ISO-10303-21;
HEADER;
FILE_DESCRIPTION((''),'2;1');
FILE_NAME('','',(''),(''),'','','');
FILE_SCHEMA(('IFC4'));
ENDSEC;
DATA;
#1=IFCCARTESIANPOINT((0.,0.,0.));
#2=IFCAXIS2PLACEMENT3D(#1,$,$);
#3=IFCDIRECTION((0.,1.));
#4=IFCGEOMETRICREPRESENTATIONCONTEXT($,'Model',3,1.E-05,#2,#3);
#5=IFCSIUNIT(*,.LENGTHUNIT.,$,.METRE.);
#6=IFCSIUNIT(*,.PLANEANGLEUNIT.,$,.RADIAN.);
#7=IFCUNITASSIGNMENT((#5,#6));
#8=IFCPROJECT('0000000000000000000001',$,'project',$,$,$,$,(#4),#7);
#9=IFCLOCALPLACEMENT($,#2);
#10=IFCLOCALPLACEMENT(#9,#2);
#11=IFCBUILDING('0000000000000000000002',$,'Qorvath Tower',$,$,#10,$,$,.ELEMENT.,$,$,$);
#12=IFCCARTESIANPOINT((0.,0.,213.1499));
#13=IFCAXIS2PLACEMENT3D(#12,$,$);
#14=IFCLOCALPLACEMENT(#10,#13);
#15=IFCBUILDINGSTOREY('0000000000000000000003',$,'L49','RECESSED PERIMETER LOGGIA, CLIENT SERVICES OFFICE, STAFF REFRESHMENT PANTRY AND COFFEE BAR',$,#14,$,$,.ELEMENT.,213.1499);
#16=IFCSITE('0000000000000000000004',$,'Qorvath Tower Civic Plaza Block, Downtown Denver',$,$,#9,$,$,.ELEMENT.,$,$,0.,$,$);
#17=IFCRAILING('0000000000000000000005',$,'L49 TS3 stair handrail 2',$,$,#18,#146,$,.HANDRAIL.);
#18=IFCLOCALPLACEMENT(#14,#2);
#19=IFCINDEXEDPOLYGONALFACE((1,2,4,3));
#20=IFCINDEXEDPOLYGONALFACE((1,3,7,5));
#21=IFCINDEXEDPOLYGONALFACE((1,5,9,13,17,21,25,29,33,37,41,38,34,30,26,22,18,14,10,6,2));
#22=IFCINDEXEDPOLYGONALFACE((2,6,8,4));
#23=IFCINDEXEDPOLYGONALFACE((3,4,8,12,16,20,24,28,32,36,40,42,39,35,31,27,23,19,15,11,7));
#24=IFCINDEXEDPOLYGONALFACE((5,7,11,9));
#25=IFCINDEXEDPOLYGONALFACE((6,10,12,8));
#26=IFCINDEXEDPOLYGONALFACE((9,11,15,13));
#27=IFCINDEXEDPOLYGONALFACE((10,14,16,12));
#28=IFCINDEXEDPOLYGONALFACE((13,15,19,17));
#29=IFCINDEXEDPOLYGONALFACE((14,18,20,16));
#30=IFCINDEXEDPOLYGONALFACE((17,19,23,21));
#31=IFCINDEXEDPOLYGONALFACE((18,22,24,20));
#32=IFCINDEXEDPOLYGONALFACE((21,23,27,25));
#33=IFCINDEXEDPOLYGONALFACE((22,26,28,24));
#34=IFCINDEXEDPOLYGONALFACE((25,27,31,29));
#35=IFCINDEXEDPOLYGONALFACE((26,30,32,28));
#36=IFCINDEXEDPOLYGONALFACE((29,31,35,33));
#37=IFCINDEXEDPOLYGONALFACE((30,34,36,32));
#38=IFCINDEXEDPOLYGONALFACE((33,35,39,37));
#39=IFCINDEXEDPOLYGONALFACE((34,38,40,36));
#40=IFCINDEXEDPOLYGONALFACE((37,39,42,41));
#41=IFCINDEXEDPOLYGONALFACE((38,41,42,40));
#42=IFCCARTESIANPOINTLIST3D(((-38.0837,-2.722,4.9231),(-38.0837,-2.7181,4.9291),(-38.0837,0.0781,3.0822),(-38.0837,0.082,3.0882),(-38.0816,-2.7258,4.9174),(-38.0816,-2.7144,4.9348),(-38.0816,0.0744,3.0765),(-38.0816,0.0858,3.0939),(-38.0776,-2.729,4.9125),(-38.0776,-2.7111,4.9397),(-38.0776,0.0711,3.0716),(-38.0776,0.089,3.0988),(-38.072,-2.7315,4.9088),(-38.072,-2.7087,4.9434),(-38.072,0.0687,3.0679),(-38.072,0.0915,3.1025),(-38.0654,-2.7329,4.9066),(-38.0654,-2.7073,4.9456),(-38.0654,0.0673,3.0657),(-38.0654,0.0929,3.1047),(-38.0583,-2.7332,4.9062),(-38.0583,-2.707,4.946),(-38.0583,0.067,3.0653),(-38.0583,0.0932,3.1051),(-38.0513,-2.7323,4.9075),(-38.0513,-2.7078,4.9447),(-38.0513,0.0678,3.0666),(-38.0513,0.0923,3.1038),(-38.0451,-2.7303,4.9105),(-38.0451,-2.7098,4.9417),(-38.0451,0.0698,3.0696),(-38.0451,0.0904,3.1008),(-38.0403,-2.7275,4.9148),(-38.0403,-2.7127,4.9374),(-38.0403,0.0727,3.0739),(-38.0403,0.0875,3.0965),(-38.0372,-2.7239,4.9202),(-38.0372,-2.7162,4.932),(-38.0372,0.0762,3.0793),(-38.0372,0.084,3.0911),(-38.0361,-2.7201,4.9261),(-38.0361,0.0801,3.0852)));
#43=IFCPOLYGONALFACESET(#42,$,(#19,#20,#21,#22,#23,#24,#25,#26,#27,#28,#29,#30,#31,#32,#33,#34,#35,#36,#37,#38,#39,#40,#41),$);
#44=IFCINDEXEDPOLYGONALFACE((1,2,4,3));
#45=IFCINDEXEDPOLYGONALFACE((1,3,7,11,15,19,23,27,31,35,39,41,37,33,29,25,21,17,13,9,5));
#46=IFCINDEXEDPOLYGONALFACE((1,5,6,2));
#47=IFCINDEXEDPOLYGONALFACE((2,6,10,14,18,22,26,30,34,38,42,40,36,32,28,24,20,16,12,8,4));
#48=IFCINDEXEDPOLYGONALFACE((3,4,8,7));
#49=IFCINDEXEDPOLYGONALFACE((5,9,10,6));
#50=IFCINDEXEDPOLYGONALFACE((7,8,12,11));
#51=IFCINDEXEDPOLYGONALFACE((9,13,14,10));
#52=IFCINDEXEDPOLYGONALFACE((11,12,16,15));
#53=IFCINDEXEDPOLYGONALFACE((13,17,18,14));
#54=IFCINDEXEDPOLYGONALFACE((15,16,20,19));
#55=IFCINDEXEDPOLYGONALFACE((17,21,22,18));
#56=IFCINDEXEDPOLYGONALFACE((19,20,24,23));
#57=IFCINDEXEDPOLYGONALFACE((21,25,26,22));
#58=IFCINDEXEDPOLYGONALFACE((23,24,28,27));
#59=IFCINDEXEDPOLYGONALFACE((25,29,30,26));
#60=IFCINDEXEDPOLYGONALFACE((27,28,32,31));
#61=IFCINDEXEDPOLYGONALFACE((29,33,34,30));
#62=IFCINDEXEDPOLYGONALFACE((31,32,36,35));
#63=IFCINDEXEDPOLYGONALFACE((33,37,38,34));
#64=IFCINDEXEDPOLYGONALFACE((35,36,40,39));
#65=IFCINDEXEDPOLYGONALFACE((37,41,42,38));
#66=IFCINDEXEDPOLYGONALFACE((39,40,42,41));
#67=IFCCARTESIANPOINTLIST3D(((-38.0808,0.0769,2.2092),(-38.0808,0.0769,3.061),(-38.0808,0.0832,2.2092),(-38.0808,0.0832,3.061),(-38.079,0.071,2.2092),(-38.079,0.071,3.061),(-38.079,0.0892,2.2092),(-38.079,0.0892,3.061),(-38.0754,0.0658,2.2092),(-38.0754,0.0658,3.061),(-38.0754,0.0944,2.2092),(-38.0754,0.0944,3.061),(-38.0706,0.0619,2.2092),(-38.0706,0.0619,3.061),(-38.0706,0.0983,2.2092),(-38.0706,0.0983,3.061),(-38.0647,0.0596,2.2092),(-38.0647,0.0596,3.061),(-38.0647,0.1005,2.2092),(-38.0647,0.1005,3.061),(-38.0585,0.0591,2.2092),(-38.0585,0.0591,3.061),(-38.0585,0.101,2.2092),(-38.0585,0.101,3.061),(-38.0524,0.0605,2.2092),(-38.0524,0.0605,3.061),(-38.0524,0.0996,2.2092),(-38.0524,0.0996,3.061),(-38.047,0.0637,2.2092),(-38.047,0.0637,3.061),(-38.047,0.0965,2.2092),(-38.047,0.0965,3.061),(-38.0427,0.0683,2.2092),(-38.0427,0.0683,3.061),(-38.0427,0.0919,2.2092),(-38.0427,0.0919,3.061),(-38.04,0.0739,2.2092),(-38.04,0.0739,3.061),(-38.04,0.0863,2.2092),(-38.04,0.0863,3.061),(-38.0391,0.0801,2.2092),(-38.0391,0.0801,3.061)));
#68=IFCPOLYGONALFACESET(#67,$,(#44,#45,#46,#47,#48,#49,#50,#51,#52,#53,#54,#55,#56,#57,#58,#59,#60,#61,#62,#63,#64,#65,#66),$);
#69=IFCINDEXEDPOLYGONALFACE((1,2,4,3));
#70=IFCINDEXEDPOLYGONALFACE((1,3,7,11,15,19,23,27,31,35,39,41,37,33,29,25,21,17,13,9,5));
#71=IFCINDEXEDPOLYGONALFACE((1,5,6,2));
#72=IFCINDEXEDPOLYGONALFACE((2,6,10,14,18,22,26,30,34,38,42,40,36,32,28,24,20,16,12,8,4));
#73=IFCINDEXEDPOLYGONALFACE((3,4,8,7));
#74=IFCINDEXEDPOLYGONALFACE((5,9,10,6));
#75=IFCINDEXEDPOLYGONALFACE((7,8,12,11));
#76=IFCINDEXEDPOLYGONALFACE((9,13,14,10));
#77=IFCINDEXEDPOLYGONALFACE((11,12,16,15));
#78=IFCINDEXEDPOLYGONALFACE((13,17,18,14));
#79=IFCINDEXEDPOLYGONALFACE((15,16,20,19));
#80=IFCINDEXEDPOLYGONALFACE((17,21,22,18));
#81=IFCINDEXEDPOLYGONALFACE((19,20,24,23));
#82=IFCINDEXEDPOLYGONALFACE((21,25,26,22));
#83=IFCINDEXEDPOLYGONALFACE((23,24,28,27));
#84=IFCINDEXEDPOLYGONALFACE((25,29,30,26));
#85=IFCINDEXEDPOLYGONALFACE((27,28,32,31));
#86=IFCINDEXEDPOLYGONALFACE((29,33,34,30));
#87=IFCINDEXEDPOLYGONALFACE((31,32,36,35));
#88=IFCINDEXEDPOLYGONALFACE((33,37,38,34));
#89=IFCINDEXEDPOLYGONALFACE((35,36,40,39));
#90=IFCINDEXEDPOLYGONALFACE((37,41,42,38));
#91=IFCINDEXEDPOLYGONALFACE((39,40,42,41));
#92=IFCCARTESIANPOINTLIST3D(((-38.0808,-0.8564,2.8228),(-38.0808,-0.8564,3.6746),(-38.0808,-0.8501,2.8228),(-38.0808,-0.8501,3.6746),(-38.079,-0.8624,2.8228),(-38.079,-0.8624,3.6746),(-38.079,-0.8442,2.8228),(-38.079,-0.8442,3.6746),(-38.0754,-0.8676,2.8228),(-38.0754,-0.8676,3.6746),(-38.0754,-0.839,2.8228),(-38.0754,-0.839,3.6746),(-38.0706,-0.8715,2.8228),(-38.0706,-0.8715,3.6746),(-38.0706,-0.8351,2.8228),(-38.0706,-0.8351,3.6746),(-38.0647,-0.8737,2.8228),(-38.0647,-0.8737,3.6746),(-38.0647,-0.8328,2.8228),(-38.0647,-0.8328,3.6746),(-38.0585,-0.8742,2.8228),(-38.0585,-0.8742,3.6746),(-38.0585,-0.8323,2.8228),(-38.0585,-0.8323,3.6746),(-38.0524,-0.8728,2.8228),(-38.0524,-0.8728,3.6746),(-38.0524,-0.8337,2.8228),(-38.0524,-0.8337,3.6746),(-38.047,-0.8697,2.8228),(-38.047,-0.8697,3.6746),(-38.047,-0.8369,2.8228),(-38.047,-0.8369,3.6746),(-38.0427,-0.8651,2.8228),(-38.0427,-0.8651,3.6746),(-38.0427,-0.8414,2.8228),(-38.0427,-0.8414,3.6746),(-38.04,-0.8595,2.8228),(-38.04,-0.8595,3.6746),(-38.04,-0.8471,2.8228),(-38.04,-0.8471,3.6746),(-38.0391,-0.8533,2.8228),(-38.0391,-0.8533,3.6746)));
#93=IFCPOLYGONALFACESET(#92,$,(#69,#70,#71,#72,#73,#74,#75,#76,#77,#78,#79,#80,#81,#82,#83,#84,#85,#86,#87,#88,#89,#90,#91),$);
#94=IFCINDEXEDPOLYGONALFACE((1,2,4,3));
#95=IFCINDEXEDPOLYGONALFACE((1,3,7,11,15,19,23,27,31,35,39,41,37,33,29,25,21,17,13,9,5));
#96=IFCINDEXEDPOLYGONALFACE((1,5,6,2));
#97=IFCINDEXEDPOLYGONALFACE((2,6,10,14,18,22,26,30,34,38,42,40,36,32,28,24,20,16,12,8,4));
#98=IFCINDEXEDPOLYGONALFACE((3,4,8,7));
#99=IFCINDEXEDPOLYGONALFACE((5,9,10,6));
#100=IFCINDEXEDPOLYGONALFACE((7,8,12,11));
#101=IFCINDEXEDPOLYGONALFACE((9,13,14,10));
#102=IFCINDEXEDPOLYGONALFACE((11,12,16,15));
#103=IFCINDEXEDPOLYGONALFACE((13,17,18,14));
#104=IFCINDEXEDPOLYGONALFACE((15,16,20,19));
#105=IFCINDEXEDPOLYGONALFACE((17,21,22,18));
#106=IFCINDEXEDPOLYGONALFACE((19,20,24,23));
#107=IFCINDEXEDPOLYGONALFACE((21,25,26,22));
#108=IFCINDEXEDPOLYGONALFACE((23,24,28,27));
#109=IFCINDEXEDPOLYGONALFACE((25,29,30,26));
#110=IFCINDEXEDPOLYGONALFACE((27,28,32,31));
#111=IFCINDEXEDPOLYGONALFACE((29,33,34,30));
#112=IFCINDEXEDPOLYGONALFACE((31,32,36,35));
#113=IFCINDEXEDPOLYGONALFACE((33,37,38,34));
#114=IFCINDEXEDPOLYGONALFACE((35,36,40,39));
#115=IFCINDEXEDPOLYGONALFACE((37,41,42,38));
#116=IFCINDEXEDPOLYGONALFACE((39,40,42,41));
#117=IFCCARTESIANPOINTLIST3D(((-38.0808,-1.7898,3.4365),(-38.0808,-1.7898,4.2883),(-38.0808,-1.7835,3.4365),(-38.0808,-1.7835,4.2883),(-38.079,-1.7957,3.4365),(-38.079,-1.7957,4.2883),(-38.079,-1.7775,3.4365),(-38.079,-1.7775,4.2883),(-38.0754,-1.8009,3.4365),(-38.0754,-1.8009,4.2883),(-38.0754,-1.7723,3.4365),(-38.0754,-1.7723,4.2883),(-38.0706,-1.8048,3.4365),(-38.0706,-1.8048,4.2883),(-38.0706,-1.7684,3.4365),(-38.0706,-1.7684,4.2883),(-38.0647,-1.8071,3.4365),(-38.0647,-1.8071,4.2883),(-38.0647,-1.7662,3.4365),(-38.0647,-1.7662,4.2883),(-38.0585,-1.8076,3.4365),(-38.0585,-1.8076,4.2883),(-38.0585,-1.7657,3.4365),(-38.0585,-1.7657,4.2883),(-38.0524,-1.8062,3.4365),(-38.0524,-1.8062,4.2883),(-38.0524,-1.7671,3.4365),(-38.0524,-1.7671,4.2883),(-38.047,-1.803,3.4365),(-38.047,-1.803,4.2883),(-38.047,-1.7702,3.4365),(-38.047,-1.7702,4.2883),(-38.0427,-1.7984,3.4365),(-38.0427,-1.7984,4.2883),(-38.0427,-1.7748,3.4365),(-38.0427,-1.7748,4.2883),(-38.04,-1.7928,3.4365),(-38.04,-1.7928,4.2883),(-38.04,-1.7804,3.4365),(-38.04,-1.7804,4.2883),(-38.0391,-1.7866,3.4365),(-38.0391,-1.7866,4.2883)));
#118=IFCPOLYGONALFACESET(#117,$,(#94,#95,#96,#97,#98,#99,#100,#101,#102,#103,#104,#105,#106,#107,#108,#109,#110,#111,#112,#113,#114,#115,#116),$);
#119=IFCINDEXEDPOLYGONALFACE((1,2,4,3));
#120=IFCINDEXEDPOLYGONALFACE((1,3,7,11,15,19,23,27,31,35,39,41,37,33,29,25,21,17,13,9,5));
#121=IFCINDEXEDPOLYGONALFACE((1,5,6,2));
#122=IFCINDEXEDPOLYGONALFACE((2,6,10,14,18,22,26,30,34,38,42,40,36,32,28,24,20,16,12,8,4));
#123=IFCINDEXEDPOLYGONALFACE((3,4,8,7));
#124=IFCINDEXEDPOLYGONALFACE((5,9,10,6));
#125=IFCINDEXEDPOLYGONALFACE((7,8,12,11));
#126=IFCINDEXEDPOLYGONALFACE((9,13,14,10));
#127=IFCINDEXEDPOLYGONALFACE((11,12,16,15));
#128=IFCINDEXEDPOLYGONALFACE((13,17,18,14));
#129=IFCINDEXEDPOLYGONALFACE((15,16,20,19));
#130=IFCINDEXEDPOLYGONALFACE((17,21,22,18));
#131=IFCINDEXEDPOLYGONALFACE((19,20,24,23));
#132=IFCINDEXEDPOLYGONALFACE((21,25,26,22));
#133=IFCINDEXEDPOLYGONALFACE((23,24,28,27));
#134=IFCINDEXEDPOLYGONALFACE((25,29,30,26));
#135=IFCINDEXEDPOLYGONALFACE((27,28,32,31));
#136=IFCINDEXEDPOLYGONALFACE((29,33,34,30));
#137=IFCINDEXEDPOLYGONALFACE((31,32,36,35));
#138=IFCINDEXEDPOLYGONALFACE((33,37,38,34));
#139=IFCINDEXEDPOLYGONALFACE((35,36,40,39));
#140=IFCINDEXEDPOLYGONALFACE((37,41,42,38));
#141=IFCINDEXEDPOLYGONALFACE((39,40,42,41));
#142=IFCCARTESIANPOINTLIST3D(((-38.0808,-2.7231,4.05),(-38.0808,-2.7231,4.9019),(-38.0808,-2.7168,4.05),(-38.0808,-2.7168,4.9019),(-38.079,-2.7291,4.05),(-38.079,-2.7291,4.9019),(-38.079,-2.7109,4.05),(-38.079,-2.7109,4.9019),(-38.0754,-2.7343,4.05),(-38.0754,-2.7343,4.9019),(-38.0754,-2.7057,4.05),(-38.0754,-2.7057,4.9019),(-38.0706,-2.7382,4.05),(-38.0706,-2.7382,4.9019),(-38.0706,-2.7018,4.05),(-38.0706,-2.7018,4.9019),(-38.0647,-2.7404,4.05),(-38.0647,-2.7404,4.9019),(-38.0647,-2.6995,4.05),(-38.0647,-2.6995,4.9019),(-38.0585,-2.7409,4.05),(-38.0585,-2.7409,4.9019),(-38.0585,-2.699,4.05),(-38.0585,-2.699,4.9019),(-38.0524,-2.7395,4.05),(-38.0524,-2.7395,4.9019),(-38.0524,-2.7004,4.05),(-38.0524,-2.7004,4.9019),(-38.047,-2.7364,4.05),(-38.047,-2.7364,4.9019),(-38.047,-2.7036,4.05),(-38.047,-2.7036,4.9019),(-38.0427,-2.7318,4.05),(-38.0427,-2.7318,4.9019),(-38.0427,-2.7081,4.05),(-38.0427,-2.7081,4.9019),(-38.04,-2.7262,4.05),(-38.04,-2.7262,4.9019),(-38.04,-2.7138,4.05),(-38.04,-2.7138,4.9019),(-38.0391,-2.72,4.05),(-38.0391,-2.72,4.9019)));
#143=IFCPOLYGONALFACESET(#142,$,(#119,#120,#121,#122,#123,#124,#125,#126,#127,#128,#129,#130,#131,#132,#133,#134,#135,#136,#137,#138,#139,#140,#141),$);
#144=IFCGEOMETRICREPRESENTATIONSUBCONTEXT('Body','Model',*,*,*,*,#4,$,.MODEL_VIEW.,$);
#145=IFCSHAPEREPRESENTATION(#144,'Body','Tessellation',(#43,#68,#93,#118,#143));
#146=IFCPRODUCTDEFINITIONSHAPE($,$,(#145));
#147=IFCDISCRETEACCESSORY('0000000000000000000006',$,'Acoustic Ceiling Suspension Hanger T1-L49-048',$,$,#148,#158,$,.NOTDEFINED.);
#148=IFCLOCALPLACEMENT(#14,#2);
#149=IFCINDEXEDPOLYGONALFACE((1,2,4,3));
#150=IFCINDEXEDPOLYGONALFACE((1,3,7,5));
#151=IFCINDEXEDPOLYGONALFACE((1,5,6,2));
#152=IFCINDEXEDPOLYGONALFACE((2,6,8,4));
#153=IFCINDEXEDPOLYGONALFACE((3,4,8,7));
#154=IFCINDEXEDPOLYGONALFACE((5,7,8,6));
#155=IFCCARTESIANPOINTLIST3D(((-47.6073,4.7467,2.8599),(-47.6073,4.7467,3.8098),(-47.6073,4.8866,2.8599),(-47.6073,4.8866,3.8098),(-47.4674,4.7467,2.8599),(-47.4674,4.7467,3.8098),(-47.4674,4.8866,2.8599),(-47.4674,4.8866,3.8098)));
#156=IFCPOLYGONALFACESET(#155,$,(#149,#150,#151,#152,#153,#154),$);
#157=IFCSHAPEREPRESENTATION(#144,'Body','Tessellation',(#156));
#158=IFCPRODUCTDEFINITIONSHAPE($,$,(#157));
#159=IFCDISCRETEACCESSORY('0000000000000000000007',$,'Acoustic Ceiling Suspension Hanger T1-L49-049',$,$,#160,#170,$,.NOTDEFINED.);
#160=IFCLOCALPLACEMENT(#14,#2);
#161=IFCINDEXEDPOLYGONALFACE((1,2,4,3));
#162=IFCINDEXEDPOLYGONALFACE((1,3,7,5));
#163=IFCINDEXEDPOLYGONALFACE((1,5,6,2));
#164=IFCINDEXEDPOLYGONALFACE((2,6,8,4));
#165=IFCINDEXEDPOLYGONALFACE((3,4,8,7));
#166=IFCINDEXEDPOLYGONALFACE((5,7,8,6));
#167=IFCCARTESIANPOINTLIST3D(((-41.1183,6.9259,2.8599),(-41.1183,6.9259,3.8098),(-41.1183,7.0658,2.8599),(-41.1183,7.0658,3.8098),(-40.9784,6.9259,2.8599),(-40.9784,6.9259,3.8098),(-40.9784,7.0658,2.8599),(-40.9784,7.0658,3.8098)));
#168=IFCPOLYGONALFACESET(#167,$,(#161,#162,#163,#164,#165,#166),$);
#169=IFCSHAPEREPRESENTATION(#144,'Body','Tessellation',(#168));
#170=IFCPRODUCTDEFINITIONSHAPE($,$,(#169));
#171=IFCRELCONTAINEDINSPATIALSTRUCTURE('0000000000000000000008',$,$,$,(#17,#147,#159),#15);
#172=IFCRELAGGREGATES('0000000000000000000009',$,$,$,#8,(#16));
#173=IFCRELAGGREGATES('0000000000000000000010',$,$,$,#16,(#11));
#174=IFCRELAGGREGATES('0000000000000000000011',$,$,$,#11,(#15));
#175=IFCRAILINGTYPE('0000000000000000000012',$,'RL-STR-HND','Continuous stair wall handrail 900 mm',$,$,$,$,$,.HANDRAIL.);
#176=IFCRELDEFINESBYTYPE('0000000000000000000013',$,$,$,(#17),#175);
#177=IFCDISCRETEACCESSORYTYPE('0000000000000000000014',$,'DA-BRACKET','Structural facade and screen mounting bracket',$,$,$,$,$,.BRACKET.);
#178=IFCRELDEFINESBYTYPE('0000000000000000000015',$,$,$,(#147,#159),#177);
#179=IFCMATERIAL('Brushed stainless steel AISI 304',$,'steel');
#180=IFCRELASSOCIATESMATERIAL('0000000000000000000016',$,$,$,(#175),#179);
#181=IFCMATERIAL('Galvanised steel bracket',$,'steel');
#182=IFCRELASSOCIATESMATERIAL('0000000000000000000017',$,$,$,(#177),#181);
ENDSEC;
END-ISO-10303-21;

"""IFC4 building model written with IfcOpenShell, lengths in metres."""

from ifc_helpers import new_model, si_unit, direction, frame, origin, origin_2d, place, context, subcontext, project, spatial, rectangle, circle, extrude, material, type_object, element, save


model = new_model("IFC4")

# Units and contexts
model_context = context("Model", 3, precision=1e-05, world=origin(), true_north=direction((0.0, 1.0)))
body_context = subcontext(model_context, "Body", "Model", "MODEL_VIEW")
ifc_project = project(units=[si_unit("LENGTHUNIT", "METRE"), si_unit("PLANEANGLEUNIT", "RADIAN")], contexts=[model_context])

# Site, building, storey
site_placement = place(None, origin())
site = spatial("IfcSite", under=ifc_project, at=site_placement, Name="Qorvath Tower Civic Plaza Block, Downtown Denver", CompositionType="ELEMENT", RefElevation=0.0)
building_placement = place(site_placement, origin())
building = spatial("IfcBuilding", under=site, at=building_placement, Name="Qorvath Tower", CompositionType="ELEMENT")
storey_placement = place(building_placement, frame((0.0, 0.0, 213.1499)))
storey = spatial("IfcBuildingStorey", under=building, at=storey_placement, Name="L49", Description="RECESSED PERIMETER LOGGIA, CLIENT SERVICES OFFICE, STAFF REFRESHMENT PANTRY AND COFFEE BAR", CompositionType="ELEMENT", Elevation=213.1499)

# Railing
ifc_material_1 = material(Name="Brushed stainless steel AISI 304", Category="steel")
railing_type = type_object("IfcRailingType", Name="RL-STR-HND", Description="Continuous stair wall handrail 900 mm", PredefinedType="HANDRAIL", material=ifc_material_1)
railing_placement = place(storey_placement, frame((-38.0601, 0.0801, 2.2092)))
element("IfcRailing", 1, at=railing_placement, inside=storey, type_object=railing_type, Name="L49 TS3 stair handrail 2", PredefinedType="HANDRAIL", context=body_context, shape_type="SweptSolid", body=[
    extrude(circle(Radius=0.0239, at=origin_2d()), frame((0.0, 0.0, 0.876), z_axis=(0.0, -0.835598, 0.549342), x_axis=(1.0, 0.0, 0.0)), (0.0, 0.0, 1.0), 3.3511),
    extrude(circle(Radius=0.021, at=origin_2d()), origin(), (0.0, 0.0, 1.0), 0.8518),
    extrude(circle(Radius=0.021, at=origin_2d()), frame((0.0, -0.9333, 0.6135)), (0.0, 0.0, 1.0), 0.8518),
    extrude(circle(Radius=0.021, at=origin_2d()), frame((0.0, -1.8667, 1.2273)), (0.0, 0.0, 1.0), 0.8518),
    extrude(circle(Radius=0.021, at=origin_2d()), frame((0.0, -2.8, 1.8408)), (0.0, 0.0, 1.0), 0.8518),
])

# Discrete accessories
ifc_material_2 = material(Name="Galvanised steel bracket", Category="steel")
discrete_accessory_type = type_object("IfcDiscreteAccessoryType", Name="DA-BRACKET", Description="Structural facade and screen mounting bracket", PredefinedType="BRACKET", material=ifc_material_2)
for number, where, z_axis, x_axis, name in (
    (2, (-47.5374, 4.8167, 2.8599), (0.0, 0.0, 1.0), (1.0, 0.0, 0.0), "Acoustic Ceiling Suspension Hanger T1-L49-048"),
    (3, (-41.0483, 6.9958, 2.8599), (0.0, 0.0, 1.0), (1.0, 0.0, 0.0), "Acoustic Ceiling Suspension Hanger T1-L49-049"),
):
    element("IfcDiscreteAccessory", number, at=place(storey_placement, frame(where, z_axis=z_axis, x_axis=x_axis)), inside=storey, type_object=discrete_accessory_type, Name=name, PredefinedType="NOTDEFINED", context=body_context, shape_type="SweptSolid", body=[
        extrude(rectangle(XDim=0.1399, YDim=0.1399, at=origin_2d()), origin(), (0.0, 0.0, 1.0), 0.95),
    ])

save(model, "model.ifc")
